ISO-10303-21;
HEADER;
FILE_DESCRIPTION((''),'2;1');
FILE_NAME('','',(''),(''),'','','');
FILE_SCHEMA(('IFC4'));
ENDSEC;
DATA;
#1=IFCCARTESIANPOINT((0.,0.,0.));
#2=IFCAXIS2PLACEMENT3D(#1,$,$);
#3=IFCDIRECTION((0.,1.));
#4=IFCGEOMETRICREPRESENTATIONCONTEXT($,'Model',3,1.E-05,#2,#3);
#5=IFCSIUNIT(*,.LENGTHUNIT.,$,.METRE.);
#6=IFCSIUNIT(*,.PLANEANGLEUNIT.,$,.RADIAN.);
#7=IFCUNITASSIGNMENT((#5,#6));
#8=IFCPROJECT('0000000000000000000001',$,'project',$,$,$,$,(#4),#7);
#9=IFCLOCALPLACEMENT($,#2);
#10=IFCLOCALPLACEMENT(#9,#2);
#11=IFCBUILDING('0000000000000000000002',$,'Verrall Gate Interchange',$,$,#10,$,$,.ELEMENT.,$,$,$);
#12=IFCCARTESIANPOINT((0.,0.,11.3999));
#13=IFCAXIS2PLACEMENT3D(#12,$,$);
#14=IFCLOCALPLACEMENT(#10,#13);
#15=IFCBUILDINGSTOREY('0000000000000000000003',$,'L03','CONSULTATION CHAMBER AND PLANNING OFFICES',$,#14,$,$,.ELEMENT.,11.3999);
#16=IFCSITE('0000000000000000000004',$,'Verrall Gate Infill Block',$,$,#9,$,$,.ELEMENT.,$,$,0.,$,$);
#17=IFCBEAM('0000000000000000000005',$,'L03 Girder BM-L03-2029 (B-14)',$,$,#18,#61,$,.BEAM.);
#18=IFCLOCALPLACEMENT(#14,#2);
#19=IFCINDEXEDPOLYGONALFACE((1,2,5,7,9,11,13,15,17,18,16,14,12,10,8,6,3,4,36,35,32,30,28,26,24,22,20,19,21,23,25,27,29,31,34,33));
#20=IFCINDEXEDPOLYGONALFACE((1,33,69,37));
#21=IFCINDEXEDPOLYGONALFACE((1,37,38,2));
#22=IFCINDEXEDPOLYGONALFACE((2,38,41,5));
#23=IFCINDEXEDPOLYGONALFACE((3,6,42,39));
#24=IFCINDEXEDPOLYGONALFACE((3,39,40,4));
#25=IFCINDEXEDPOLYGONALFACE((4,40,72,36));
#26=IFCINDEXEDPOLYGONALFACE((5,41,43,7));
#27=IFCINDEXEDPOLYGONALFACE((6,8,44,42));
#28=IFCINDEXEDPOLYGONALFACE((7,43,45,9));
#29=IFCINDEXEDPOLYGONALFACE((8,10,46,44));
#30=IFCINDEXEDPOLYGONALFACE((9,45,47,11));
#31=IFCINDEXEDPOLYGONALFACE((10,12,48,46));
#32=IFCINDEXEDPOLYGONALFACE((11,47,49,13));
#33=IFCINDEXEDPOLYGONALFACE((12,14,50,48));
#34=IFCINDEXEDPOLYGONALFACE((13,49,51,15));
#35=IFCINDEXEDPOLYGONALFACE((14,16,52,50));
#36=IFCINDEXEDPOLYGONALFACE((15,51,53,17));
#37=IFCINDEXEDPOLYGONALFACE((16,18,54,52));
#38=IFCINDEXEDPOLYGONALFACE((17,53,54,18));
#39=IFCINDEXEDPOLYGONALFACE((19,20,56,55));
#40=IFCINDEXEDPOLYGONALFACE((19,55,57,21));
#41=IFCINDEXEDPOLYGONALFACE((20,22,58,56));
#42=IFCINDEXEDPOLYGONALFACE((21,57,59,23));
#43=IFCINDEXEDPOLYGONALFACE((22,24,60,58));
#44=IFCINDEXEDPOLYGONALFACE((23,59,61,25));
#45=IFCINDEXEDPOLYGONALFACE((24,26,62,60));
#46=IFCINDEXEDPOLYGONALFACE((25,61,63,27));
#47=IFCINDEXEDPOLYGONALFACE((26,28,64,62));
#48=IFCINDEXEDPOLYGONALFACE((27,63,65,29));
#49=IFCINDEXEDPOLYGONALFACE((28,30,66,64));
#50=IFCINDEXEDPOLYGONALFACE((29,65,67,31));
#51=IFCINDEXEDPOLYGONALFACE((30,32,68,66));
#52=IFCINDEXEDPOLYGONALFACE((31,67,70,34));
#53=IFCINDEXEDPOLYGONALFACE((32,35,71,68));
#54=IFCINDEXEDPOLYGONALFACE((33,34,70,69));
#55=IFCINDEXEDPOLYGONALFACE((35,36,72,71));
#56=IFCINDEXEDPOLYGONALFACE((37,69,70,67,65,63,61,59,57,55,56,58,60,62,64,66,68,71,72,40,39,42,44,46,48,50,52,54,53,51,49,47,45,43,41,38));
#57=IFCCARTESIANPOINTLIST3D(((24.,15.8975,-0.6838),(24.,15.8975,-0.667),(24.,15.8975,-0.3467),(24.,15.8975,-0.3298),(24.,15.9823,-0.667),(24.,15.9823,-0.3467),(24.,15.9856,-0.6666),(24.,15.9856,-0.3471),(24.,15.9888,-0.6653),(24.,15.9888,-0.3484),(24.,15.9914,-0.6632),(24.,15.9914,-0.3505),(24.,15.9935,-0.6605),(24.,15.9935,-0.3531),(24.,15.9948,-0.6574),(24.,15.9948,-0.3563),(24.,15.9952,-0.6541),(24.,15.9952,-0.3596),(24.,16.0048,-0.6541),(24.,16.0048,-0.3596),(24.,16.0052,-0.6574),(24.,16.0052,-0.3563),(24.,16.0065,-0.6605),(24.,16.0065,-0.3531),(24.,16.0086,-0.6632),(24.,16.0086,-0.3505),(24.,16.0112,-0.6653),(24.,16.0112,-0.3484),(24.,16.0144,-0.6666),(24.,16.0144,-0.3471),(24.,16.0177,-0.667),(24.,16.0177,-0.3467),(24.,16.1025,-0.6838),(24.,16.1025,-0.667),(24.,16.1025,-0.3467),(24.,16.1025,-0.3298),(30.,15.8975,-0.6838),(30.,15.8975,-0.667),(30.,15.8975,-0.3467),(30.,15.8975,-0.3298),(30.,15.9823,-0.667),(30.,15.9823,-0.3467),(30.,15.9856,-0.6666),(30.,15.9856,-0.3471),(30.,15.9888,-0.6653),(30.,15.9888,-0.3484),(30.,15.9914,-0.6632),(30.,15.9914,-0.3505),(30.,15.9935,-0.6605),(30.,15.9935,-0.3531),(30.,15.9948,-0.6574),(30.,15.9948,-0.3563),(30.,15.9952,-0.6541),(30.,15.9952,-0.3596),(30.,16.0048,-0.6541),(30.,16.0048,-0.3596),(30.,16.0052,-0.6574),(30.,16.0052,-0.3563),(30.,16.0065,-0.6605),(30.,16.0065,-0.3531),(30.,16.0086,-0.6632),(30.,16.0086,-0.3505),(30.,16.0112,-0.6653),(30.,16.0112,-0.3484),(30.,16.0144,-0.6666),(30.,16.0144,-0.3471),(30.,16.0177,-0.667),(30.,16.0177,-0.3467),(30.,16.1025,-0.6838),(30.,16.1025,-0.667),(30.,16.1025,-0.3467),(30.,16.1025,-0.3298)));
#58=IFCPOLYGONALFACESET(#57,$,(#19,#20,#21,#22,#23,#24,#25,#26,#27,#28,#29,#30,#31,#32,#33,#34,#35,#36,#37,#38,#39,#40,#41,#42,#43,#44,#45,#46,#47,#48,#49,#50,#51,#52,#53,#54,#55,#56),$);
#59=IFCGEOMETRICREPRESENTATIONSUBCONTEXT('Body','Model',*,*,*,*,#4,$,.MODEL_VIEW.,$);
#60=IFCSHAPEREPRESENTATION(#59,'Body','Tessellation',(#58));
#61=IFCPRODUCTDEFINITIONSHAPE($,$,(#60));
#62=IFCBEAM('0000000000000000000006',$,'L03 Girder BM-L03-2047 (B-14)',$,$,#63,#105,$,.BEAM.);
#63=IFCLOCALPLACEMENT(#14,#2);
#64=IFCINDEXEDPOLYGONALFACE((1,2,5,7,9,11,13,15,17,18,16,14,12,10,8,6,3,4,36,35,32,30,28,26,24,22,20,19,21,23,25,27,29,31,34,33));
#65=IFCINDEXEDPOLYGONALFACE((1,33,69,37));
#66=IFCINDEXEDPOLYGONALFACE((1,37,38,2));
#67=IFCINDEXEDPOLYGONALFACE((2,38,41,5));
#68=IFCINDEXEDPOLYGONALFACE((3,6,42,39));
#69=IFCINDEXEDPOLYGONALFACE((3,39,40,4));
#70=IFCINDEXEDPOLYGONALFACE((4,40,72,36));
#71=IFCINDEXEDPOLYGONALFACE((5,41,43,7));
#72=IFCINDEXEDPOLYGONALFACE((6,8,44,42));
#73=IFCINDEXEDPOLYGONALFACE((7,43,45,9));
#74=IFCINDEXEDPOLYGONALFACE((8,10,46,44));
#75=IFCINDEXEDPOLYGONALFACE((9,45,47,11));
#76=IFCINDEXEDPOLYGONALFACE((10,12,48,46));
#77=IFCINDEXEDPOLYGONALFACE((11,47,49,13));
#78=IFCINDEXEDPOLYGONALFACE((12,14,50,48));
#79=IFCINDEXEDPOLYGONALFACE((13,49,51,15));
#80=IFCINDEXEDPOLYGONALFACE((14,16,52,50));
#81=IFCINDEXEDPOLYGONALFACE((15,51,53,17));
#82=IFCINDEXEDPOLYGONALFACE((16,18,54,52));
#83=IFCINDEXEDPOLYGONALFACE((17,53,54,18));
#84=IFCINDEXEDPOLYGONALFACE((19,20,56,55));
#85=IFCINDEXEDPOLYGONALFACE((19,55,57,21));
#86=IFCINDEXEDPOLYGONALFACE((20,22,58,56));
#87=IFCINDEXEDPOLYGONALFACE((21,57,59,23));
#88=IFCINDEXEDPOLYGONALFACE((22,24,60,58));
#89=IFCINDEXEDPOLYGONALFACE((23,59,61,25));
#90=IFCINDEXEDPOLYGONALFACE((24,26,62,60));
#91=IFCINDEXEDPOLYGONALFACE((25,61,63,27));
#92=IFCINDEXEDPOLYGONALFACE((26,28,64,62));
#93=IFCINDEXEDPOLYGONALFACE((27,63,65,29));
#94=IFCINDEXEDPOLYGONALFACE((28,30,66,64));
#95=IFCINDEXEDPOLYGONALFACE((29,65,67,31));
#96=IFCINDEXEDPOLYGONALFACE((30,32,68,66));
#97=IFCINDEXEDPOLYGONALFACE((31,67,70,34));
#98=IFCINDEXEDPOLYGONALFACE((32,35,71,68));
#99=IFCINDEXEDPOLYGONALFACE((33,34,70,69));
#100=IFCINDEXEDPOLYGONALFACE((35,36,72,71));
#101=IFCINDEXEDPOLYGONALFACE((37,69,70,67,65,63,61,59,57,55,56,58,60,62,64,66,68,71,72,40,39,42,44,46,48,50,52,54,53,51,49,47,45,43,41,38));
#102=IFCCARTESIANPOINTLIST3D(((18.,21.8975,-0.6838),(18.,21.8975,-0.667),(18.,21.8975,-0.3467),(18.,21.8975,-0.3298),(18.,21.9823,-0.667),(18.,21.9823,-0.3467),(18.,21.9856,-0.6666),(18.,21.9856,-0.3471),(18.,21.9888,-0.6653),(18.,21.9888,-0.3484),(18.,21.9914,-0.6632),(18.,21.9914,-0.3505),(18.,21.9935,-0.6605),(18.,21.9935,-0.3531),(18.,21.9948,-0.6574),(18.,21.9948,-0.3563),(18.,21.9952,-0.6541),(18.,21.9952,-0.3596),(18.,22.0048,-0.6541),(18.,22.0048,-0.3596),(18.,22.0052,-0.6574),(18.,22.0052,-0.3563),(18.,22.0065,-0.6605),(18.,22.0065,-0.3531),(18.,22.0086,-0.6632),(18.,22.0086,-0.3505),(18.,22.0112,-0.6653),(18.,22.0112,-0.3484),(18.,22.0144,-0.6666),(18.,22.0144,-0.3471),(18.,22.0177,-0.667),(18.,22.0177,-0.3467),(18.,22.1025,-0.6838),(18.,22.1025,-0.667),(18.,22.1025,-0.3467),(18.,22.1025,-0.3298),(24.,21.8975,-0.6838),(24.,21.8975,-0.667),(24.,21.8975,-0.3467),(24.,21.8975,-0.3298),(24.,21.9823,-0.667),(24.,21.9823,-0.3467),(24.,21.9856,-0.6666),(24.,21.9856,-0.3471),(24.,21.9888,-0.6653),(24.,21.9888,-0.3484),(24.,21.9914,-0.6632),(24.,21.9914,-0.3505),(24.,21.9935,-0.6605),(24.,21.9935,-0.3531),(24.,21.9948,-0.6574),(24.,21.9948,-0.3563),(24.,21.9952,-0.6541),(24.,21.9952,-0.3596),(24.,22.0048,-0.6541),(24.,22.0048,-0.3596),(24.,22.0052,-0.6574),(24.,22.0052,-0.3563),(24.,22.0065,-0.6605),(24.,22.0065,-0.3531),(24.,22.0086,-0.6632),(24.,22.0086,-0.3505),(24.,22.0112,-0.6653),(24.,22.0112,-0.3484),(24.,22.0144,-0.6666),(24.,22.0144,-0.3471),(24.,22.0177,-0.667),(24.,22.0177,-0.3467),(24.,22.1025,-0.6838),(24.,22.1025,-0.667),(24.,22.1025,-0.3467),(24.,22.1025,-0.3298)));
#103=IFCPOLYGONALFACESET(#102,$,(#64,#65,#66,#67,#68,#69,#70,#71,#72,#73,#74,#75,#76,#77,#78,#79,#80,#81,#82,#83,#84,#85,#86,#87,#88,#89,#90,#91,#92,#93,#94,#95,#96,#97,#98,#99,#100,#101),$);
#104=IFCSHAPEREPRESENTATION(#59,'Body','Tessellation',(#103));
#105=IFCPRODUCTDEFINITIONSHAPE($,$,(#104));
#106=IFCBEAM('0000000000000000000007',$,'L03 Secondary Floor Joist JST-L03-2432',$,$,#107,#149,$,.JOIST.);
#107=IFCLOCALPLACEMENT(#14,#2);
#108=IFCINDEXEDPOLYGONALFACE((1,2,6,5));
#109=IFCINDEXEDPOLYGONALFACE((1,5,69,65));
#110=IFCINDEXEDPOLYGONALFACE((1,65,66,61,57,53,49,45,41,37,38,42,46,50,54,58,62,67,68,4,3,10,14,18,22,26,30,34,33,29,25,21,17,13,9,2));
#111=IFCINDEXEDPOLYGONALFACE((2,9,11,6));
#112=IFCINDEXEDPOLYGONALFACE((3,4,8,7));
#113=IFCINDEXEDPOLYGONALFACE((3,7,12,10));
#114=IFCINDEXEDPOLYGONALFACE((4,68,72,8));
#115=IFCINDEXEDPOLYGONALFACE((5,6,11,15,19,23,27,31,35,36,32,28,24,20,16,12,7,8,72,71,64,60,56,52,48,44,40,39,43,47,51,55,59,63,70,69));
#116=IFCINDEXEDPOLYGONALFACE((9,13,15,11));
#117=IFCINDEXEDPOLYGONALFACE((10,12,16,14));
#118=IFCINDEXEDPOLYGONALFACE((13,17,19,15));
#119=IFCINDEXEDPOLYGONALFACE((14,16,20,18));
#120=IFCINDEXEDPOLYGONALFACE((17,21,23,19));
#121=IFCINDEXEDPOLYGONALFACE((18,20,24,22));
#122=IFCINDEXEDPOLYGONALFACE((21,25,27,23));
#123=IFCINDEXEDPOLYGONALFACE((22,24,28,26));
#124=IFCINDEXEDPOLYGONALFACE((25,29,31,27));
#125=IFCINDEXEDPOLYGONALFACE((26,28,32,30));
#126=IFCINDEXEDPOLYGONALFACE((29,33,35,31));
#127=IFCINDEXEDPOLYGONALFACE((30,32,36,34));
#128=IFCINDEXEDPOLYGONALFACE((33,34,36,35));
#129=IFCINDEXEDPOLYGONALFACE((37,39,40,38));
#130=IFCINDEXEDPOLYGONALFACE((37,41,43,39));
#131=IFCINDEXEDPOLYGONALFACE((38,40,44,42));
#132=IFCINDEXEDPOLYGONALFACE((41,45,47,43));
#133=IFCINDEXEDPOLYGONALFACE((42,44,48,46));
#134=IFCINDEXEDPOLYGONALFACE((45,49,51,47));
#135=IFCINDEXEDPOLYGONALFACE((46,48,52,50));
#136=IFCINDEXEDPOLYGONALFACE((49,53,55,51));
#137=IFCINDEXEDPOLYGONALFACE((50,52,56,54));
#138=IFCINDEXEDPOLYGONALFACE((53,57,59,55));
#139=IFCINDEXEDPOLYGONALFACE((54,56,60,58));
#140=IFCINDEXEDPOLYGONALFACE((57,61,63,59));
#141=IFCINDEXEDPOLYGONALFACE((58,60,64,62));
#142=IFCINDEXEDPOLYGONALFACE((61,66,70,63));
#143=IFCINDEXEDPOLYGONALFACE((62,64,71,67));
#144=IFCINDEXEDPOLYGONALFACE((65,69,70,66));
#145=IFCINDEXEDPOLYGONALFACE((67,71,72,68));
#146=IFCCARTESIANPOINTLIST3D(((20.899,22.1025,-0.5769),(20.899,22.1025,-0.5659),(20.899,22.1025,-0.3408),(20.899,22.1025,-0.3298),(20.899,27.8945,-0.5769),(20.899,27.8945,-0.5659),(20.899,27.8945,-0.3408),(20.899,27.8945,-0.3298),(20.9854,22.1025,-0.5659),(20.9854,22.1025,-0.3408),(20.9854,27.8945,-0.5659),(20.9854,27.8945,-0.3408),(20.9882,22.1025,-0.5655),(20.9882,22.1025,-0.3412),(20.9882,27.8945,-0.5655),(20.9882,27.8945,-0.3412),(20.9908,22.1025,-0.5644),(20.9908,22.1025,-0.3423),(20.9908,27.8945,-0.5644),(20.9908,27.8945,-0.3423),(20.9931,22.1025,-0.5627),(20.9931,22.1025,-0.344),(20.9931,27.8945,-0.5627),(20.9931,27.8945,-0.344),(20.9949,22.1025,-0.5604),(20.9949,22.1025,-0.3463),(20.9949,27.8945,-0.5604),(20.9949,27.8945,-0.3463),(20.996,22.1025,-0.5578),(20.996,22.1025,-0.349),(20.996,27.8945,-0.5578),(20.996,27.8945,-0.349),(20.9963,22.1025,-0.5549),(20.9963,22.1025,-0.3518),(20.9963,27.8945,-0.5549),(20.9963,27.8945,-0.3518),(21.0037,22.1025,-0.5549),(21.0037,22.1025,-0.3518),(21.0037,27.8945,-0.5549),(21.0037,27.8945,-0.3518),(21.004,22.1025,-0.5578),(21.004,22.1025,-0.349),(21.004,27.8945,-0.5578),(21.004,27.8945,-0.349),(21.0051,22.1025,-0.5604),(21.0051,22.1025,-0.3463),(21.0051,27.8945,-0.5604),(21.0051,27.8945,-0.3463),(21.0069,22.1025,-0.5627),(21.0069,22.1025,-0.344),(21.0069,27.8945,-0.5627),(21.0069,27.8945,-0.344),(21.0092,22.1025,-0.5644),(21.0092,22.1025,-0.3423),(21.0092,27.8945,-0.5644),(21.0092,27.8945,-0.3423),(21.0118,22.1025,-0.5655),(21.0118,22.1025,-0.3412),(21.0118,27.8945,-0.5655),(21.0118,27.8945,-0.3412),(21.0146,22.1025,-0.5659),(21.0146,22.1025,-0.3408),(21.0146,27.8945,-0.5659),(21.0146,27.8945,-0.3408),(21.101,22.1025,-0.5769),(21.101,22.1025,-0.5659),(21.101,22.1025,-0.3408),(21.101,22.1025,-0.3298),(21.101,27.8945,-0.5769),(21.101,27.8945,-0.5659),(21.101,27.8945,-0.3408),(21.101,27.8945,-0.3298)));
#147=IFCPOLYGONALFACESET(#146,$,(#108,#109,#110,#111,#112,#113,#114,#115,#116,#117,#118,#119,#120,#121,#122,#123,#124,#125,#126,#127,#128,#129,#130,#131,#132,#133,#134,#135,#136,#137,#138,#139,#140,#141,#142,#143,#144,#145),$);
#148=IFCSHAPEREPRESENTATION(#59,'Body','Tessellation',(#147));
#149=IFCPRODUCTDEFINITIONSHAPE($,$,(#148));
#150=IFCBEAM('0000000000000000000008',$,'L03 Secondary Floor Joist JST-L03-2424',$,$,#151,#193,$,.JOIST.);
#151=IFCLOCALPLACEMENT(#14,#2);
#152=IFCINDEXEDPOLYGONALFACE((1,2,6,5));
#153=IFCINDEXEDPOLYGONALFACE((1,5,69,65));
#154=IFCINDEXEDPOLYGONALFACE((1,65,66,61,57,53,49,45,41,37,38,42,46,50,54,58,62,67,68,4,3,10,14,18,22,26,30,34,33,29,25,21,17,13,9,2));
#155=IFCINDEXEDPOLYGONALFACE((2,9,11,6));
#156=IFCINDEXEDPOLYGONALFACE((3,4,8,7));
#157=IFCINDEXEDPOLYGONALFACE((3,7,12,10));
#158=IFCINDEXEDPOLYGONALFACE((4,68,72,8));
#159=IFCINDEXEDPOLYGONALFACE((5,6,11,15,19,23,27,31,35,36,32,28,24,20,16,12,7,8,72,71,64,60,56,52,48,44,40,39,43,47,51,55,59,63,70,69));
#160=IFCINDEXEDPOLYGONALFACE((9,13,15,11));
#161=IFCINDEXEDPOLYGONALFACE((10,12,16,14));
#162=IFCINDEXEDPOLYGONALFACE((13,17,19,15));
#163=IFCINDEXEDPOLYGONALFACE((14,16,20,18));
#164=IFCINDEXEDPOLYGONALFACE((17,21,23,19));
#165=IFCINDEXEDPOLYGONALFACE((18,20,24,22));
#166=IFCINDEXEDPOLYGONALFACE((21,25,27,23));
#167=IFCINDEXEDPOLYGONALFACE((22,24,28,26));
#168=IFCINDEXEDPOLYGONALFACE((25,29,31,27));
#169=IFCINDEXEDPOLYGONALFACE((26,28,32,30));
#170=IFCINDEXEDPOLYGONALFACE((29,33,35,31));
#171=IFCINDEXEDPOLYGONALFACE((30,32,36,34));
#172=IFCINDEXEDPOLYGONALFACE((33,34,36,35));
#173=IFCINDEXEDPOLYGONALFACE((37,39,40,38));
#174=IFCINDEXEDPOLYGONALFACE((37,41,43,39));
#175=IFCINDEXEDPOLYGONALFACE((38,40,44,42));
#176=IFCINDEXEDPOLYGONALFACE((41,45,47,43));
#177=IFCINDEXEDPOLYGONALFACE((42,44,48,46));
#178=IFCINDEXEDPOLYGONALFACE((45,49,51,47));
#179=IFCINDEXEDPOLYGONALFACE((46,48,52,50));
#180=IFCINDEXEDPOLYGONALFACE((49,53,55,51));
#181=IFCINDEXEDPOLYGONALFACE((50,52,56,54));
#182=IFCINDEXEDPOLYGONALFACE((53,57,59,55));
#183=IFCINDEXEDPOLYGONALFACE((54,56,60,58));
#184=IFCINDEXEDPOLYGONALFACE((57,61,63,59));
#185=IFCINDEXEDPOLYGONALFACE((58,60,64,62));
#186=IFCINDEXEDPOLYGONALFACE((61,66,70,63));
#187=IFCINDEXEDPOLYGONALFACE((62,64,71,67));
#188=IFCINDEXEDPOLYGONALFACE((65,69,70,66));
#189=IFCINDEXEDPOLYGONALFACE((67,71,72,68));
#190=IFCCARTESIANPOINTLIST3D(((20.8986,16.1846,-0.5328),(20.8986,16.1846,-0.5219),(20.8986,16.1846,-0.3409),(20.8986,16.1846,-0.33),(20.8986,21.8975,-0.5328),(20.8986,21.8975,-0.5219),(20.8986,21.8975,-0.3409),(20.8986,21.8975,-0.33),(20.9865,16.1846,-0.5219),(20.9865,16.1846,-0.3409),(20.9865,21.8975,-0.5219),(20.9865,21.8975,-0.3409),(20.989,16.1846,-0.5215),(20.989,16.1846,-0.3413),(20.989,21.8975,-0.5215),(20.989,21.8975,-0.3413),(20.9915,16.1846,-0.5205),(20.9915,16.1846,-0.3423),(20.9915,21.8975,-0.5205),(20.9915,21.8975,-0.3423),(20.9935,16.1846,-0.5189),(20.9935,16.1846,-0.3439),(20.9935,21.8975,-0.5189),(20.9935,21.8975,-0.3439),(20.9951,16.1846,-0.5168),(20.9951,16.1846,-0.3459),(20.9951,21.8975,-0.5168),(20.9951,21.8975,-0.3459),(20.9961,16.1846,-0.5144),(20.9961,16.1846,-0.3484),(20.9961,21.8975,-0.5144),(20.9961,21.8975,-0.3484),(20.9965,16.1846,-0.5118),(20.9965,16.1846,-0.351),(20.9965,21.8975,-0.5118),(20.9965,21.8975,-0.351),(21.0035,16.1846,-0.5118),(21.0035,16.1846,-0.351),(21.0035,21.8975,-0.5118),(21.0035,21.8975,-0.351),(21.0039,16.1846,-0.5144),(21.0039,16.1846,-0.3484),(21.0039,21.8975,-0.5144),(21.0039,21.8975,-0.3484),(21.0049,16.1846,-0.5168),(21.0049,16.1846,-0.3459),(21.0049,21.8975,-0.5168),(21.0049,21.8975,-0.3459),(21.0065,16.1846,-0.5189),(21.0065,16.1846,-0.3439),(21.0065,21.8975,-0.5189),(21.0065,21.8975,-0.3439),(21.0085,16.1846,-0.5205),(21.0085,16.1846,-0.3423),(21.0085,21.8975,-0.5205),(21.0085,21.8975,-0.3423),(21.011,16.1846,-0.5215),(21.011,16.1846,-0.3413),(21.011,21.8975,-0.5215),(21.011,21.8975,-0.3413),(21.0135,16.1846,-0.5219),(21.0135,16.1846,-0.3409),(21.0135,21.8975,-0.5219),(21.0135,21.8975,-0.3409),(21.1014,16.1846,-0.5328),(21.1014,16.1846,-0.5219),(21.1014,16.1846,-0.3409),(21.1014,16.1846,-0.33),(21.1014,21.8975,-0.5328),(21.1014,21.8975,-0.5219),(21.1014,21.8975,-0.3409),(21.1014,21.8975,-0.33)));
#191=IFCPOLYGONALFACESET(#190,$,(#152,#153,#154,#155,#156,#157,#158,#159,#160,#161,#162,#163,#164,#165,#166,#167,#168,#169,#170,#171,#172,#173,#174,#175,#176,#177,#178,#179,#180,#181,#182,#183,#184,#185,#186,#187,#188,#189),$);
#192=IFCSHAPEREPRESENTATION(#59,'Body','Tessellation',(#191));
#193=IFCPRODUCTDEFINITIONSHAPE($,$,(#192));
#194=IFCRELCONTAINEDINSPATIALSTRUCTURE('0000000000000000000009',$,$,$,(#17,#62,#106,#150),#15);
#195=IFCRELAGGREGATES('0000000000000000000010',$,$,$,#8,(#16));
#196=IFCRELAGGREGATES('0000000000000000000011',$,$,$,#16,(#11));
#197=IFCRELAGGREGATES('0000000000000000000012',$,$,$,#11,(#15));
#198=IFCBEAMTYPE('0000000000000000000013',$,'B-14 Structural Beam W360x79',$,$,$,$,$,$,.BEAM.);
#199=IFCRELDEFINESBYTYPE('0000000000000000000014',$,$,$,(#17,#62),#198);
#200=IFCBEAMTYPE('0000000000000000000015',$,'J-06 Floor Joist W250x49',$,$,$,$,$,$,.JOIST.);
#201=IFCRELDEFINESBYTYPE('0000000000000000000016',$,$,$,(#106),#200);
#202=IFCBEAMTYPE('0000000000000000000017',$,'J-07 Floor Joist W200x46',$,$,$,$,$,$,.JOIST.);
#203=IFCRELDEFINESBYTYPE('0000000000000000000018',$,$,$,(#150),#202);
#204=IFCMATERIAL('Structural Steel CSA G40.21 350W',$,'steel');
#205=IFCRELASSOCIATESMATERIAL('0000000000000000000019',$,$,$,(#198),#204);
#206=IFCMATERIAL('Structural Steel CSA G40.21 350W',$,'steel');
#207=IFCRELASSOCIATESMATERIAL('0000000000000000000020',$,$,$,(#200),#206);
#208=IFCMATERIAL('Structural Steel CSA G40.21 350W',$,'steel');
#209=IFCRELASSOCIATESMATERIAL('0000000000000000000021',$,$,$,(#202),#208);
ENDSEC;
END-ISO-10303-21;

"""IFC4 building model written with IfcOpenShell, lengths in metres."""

from ifc_helpers import new_model, si_unit, direction, frame, origin, origin_2d, place, context, subcontext, project, spatial, i_section, extrude, material, material_profile, profile_set, type_object, element, save


model = new_model("IFC4")

# Units and contexts
model_context = context("Model", 3, precision=1e-05, world=origin(), true_north=direction((0.0, 1.0)))
body_context = subcontext(model_context, "Body", "Model", "MODEL_VIEW")
ifc_project = project(units=[si_unit("LENGTHUNIT", "METRE"), si_unit("PLANEANGLEUNIT", "RADIAN")], contexts=[model_context])

# Site, building, storey
site_placement = place(None, origin())
site = spatial("IfcSite", under=ifc_project, at=site_placement, Name="Verrall Gate Infill Block", CompositionType="ELEMENT", RefElevation=0.0)
building_placement = place(site_placement, origin())
building = spatial("IfcBuilding", under=site, at=building_placement, Name="Verrall Gate Interchange", CompositionType="ELEMENT")
storey_placement = place(building_placement, frame((0.0, 0.0, 11.3999)))
storey = spatial("IfcBuildingStorey", under=building, at=storey_placement, Name="L03", Description="CONSULTATION CHAMBER AND PLANNING OFFICES", CompositionType="ELEMENT", Elevation=11.3999)

# Beams
ifc_material_1 = material(Name="Structural Steel CSA G40.21 350W", Category="steel")
ifc_material_profile_1 = material_profile(ifc_material_1, i_section(OverallWidth=0.2051, OverallDepth=0.354, WebThickness=0.0095, FlangeThickness=0.0168, FilletRadius=0.0129, at=origin_2d()), Name="W360x79")
ifc_profile_set_1 = profile_set([ifc_material_profile_1], Name="Structural Steel CSA G40.21 350W")
beam_type_1 = type_object("IfcBeamType", Name="B-14 Structural Beam W360x79", PredefinedType="BEAM", material=ifc_profile_set_1)
for number, where, z_axis, x_axis, name in (
    (1, (24.0, 16.0, -0.5068), (1.0, 0.0, 0.0), (0.0, 1.0, 0.0), "L03 Girder BM-L03-2029 (B-14)"),
    (2, (18.0, 22.0, -0.5068), (1.0, 0.0, 0.0), (0.0, 1.0, 0.0), "L03 Girder BM-L03-2047 (B-14)"),
):
    element("IfcBeam", number, at=place(storey_placement, frame(where, z_axis=z_axis, x_axis=x_axis)), inside=storey, type_object=beam_type_1, Name=name, PredefinedType="BEAM", context=body_context, shape_type="SweptSolid", body=[
        extrude(i_section(OverallWidth=0.2051, OverallDepth=0.354, WebThickness=0.0095, FlangeThickness=0.0168, FilletRadius=0.0129, at=origin_2d()), origin(), (0.0, 0.0, 1.0), 6.0),
    ])
ifc_material_2 = material(Name="Structural Steel CSA G40.21 350W", Category="steel")
ifc_material_profile_2 = material_profile(ifc_material_2, i_section(OverallWidth=0.2019, OverallDepth=0.2471, WebThickness=0.0073, FlangeThickness=0.011, FilletRadius=0.011, at=origin_2d()), Name="W250x49")
ifc_profile_set_2 = profile_set([ifc_material_profile_2], Name="Structural Steel CSA G40.21 350W")
beam_type_2 = type_object("IfcBeamType", Name="J-06 Floor Joist W250x49", PredefinedType="JOIST", material=ifc_profile_set_2)
beam_1_placement = place(storey_placement, frame((21.0, 22.1025, -0.4534), z_axis=(0.0, 1.0, 0.0), x_axis=(-1.0, 0.0, 0.0)))
element("IfcBeam", 3, at=beam_1_placement, inside=storey, type_object=beam_type_2, Name="L03 Secondary Floor Joist JST-L03-2432", PredefinedType="JOIST", context=body_context, shape_type="SweptSolid", body=[
    extrude(i_section(OverallWidth=0.2019, OverallDepth=0.2471, WebThickness=0.0073, FlangeThickness=0.011, FilletRadius=0.011, at=origin_2d()), origin(), (0.0, 0.0, 1.0), 5.792),
])
ifc_material_3 = material(Name="Structural Steel CSA G40.21 350W", Category="steel")
ifc_material_profile_3 = material_profile(ifc_material_3, i_section(OverallWidth=0.2029, OverallDepth=0.2029, WebThickness=0.0071, FlangeThickness=0.011, FilletRadius=0.01, at=origin_2d()), Name="W200x46")
ifc_profile_set_3 = profile_set([ifc_material_profile_3], Name="Structural Steel CSA G40.21 350W")
beam_type_3 = type_object("IfcBeamType", Name="J-07 Floor Joist W200x46", PredefinedType="JOIST", material=ifc_profile_set_3)
for number, where, z_axis, x_axis, name in (
    (4, (21.0, 16.1846, -0.4314), (0.0, 1.0, 0.0), (-1.0, 0.0, 0.0), "L03 Secondary Floor Joist JST-L03-2424"),
):
    element("IfcBeam", number, at=place(storey_placement, frame(where, z_axis=z_axis, x_axis=x_axis)), inside=storey, type_object=beam_type_3, Name=name, PredefinedType="JOIST", context=body_context, shape_type="SweptSolid", body=[
        extrude(i_section(OverallWidth=0.2029, OverallDepth=0.2029, WebThickness=0.0071, FlangeThickness=0.011, FilletRadius=0.01, at=origin_2d()), origin(), (0.0, 0.0, 1.0), 5.7129),
    ])

save(model, "model.ifc")
